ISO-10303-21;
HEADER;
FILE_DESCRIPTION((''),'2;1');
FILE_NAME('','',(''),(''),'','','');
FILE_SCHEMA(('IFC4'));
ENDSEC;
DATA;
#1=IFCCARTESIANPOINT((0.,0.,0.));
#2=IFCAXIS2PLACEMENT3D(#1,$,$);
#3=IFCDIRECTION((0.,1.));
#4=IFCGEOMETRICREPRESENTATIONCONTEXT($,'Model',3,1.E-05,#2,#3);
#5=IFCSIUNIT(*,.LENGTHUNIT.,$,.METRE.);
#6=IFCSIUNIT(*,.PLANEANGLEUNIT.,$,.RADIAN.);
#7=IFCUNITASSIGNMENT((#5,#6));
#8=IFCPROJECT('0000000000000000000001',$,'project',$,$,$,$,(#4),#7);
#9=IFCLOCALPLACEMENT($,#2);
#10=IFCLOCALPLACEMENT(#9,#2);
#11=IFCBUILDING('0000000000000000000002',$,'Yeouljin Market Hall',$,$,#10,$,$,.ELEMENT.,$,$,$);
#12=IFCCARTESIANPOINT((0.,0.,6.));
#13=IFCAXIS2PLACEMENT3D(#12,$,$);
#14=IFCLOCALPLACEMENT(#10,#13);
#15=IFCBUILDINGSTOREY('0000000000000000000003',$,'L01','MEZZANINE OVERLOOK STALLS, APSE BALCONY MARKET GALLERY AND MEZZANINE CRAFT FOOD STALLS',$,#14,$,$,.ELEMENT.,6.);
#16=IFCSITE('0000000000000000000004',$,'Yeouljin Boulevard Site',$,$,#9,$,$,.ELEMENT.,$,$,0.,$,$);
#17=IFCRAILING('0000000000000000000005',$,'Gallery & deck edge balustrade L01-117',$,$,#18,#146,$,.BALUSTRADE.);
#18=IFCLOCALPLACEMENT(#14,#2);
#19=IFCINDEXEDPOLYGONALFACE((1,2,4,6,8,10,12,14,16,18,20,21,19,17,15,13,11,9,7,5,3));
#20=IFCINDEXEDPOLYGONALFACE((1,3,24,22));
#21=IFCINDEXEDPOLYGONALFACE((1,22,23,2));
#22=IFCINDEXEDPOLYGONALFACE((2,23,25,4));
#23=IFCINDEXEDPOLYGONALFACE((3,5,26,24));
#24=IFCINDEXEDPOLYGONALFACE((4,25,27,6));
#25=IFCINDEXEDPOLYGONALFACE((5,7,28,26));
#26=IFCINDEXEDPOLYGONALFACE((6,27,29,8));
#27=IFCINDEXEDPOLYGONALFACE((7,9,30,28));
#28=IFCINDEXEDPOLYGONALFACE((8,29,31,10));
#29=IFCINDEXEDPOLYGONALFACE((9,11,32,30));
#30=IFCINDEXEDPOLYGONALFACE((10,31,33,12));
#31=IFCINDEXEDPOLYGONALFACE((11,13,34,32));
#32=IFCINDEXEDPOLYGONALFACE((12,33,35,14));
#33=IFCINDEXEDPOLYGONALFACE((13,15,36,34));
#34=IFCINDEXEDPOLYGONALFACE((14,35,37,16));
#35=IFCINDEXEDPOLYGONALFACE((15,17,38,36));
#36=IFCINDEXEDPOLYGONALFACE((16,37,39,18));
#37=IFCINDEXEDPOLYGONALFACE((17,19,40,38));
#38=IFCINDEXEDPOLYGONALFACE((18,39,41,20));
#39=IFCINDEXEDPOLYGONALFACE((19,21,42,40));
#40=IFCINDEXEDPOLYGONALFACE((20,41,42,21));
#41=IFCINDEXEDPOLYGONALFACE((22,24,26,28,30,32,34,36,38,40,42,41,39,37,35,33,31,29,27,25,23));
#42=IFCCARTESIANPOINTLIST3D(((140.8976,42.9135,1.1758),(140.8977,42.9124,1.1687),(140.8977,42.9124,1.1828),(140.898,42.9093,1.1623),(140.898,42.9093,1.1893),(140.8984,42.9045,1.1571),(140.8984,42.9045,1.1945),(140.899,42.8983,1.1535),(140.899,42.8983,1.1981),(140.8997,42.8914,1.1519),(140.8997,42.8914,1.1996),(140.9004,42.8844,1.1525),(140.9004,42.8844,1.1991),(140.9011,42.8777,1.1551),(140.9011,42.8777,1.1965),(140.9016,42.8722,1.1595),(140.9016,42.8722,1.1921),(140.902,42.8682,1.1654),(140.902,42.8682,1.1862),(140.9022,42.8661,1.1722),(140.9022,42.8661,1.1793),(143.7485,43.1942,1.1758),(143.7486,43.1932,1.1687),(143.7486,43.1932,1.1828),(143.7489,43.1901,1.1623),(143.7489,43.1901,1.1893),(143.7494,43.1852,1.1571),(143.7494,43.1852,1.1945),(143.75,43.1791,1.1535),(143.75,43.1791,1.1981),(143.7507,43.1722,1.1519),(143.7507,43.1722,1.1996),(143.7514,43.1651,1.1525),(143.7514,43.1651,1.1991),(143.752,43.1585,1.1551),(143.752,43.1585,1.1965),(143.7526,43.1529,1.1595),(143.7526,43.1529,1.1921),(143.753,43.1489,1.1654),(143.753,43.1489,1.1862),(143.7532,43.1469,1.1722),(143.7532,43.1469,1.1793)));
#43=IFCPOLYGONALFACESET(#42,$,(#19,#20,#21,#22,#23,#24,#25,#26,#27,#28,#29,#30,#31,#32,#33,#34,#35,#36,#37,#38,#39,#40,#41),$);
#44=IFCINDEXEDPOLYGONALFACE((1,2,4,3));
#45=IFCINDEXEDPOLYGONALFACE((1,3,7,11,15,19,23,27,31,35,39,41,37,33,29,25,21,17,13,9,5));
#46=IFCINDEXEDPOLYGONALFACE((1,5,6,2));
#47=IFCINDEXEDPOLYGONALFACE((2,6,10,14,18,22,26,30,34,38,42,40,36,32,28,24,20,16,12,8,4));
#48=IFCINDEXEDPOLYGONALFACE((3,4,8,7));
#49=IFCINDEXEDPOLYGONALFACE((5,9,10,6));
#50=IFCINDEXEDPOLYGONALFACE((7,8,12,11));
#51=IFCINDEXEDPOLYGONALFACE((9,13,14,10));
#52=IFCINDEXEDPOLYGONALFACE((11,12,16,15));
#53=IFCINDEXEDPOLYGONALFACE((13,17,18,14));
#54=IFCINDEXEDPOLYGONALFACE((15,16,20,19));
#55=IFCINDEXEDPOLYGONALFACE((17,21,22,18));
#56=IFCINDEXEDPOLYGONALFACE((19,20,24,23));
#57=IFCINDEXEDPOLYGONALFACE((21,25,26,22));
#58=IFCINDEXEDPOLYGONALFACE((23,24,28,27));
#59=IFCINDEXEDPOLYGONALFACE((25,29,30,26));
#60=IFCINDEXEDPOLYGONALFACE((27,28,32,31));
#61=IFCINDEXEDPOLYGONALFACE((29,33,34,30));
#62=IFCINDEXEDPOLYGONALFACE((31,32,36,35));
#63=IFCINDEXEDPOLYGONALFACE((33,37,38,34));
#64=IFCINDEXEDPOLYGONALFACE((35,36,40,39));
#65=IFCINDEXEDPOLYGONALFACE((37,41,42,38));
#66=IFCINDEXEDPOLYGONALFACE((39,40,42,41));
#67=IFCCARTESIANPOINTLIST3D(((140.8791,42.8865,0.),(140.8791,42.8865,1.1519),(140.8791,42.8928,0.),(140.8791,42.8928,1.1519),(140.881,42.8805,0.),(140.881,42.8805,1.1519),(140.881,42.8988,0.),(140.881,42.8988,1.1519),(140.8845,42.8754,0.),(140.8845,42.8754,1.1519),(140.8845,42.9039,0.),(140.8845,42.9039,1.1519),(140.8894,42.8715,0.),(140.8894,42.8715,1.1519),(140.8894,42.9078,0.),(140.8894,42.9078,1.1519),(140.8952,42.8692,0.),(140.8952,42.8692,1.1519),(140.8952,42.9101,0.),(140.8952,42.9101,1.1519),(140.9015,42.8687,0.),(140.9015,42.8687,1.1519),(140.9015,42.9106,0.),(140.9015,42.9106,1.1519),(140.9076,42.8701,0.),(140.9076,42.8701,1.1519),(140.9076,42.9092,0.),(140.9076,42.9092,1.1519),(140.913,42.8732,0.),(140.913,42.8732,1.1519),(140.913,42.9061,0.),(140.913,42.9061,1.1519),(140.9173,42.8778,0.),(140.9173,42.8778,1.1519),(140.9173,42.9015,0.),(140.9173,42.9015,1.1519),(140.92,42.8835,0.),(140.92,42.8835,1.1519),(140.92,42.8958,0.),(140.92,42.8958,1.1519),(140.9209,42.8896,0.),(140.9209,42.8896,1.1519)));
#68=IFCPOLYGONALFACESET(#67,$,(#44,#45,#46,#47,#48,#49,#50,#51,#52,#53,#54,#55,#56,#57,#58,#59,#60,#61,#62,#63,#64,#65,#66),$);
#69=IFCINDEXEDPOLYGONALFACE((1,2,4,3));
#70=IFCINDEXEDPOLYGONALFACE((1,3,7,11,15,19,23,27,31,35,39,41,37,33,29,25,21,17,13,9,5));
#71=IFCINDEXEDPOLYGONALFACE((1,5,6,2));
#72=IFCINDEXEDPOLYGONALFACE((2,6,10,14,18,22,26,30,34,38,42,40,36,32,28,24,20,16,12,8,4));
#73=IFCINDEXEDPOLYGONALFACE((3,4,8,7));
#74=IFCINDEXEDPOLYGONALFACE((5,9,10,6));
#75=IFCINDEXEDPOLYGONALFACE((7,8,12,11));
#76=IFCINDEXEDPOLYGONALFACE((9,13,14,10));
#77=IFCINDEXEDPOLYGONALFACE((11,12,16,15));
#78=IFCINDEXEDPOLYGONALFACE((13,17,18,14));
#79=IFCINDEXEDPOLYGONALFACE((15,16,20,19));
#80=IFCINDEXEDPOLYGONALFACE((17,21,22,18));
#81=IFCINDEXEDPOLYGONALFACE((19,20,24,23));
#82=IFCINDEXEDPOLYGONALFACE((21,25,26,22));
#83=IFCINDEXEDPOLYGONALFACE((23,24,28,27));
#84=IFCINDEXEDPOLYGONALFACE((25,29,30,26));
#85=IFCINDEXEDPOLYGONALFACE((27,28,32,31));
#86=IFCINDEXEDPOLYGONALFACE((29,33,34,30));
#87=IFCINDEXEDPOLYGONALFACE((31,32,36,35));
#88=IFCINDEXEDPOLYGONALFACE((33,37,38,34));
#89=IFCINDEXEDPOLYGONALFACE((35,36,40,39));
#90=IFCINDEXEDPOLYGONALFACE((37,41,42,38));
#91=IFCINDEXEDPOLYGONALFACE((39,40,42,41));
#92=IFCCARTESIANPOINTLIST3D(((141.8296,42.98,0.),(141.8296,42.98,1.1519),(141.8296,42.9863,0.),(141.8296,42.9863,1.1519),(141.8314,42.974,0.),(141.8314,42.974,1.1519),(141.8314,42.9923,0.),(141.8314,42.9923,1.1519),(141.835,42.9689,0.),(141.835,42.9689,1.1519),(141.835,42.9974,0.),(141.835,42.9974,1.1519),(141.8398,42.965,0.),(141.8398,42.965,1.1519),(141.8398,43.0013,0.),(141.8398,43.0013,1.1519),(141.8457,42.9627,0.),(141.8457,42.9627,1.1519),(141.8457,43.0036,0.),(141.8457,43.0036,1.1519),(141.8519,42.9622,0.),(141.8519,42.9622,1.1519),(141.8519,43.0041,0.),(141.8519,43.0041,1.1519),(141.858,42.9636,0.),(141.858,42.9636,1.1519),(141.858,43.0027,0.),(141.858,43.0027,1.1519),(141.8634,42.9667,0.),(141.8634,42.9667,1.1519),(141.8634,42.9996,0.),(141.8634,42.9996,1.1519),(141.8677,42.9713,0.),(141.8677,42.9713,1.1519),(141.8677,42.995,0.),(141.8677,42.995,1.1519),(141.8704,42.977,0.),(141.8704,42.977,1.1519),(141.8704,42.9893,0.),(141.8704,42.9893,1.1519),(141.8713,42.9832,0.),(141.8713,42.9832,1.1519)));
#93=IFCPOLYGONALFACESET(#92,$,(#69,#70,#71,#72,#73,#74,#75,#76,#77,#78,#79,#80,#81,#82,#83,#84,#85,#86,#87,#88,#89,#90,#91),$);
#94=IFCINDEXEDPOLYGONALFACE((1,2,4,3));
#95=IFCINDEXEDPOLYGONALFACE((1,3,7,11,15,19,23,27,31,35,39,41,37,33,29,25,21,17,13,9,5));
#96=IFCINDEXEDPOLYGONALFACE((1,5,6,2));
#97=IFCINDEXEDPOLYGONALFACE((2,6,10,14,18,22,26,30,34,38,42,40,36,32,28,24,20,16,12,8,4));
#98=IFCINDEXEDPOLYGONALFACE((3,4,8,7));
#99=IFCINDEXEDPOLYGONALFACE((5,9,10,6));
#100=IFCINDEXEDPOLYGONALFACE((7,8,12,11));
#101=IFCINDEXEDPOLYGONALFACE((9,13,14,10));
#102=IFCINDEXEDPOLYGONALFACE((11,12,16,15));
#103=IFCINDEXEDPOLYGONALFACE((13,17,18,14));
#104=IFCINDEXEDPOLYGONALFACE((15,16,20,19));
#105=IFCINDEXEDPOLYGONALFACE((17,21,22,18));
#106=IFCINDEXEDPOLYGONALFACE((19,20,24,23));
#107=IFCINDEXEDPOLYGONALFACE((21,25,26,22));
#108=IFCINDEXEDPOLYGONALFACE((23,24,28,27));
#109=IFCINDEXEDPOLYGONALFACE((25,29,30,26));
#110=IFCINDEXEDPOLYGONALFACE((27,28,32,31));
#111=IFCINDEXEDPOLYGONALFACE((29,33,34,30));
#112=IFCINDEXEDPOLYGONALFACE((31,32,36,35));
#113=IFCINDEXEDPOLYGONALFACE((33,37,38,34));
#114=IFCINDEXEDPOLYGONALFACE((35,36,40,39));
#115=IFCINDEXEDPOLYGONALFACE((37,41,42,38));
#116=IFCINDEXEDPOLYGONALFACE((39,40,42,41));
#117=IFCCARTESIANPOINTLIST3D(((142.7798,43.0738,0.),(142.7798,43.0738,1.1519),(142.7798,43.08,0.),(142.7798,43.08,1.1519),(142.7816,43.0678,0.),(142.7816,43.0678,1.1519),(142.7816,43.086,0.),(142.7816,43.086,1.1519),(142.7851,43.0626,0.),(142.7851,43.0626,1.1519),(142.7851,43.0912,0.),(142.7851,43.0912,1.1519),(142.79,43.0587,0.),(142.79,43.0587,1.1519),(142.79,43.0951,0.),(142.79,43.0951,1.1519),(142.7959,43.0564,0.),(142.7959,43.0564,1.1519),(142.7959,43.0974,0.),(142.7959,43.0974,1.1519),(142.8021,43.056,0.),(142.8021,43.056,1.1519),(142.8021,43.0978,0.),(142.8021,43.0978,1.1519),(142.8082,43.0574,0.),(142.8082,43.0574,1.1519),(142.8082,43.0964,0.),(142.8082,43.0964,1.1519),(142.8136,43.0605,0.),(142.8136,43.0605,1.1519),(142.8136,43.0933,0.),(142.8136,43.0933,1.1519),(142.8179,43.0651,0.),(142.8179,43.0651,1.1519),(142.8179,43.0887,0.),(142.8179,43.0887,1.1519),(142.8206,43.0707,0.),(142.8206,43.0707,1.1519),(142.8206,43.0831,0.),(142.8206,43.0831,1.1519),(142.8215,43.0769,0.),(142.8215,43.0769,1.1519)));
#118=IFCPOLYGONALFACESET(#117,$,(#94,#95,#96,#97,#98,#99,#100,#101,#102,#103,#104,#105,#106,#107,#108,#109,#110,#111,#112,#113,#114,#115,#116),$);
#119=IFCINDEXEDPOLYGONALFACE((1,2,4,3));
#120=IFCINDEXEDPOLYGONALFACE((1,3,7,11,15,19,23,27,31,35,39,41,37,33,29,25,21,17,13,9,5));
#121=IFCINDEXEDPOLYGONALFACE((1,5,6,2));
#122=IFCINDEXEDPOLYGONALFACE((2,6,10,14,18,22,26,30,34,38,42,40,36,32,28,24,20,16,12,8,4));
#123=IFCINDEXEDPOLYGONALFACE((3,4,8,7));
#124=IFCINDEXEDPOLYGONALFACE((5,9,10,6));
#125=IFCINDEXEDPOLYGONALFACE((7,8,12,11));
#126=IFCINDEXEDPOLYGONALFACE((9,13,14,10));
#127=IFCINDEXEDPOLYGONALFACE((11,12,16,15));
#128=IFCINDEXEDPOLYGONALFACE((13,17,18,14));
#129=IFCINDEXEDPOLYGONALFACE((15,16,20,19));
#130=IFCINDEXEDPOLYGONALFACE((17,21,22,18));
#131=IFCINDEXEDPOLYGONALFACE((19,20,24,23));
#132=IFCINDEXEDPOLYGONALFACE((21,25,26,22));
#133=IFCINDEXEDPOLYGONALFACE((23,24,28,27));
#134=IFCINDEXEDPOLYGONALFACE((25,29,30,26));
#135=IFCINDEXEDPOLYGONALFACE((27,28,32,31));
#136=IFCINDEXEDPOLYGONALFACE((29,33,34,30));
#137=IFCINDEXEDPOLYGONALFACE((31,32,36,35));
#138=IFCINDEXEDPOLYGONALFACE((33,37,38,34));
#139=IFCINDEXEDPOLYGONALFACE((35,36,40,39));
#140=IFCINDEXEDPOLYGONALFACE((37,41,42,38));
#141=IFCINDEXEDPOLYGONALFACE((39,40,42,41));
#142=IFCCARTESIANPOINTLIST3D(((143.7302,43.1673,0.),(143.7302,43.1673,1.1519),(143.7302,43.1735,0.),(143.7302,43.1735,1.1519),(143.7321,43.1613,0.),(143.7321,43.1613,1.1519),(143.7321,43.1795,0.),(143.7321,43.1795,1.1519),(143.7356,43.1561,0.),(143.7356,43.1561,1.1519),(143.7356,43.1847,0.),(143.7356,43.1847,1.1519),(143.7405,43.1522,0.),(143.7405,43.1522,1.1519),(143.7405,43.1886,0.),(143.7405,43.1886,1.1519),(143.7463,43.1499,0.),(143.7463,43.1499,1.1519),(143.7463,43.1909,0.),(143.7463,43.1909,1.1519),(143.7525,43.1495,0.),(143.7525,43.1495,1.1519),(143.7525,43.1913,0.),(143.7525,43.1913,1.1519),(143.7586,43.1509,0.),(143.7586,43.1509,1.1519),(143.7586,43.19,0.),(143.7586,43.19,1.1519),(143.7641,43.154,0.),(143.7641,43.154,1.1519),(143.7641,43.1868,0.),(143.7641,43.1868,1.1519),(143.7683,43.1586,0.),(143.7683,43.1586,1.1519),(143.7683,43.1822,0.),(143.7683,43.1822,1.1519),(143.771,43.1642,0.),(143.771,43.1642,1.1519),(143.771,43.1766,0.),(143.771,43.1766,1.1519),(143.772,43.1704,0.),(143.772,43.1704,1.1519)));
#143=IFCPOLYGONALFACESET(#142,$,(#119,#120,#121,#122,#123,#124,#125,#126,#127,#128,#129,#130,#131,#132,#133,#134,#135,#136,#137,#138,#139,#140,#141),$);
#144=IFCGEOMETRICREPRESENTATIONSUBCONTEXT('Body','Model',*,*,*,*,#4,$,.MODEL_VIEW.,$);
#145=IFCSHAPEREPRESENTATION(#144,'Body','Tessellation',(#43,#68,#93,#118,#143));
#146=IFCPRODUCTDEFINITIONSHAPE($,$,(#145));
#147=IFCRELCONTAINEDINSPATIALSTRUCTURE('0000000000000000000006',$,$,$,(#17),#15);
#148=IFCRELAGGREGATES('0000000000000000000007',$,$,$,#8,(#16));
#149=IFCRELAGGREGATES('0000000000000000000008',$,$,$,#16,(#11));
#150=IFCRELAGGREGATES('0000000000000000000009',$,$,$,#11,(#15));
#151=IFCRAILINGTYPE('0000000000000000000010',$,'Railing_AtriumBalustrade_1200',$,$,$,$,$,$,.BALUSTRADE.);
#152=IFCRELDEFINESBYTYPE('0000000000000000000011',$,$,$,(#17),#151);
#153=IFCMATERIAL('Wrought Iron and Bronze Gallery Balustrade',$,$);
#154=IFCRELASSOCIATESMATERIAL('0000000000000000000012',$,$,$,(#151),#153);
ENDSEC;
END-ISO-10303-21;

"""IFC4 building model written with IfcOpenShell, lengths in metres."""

from ifc_helpers import new_model, si_unit, direction, frame, origin, origin_2d, place, context, subcontext, project, spatial, circle, extrude, material, type_object, element, save


model = new_model("IFC4")

# Units and contexts
model_context = context("Model", 3, precision=1e-05, world=origin(), true_north=direction((0.0, 1.0)))
body_context = subcontext(model_context, "Body", "Model", "MODEL_VIEW")
ifc_project = project(units=[si_unit("LENGTHUNIT", "METRE"), si_unit("PLANEANGLEUNIT", "RADIAN")], contexts=[model_context])

# Site, building, storey
site_placement = place(None, origin())
site = spatial("IfcSite", under=ifc_project, at=site_placement, Name="Yeouljin Boulevard Site", CompositionType="ELEMENT", RefElevation=0.0)
building_placement = place(site_placement, origin())
building = spatial("IfcBuilding", under=site, at=building_placement, Name="Yeouljin Market Hall", CompositionType="ELEMENT")
storey_placement = place(building_placement, frame((0.0, 0.0, 6.0)))
storey = spatial("IfcBuildingStorey", under=building, at=storey_placement, Name="L01", Description="MEZZANINE OVERLOOK STALLS, APSE BALCONY MARKET GALLERY AND MEZZANINE CRAFT FOOD STALLS", CompositionType="ELEMENT", Elevation=6.0)

# Railing
ifc_material_1 = material(Name="Wrought Iron and Bronze Gallery Balustrade")
railing_type = type_object("IfcRailingType", Name="Railing_AtriumBalustrade_1200", PredefinedType="BALUSTRADE", material=ifc_material_1)
railing_1_placement = place(storey_placement, frame((140.8999, 42.8896, 0.0)))
element("IfcRailing", 1, at=railing_1_placement, inside=storey, type_object=railing_type, Name="Gallery & deck edge balustrade L01-117", PredefinedType="BALUSTRADE", context=body_context, shape_type="SweptSolid", body=[
    extrude(circle(Radius=0.0239, at=origin_2d()), frame((0.0, 0.0, 1.1758), z_axis=(0.995186, 0.098002, 0.0), x_axis=(-0.098002, 0.995186, 0.0)), (0.0, 0.0, 1.0), 2.8647),
    extrude(circle(Radius=0.021, at=origin_2d()), origin(), (0.0, 0.0, 1.0), 1.1519),
    extrude(circle(Radius=0.021, at=origin_2d()), frame((0.9504, 0.0935, 0.0)), (0.0, 0.0, 1.0), 1.1519),
    extrude(circle(Radius=0.021, at=origin_2d()), frame((1.9006, 0.1873, 0.0)), (0.0, 0.0, 1.0), 1.1519),
    extrude(circle(Radius=0.021, at=origin_2d()), frame((2.8511, 0.2808, 0.0)), (0.0, 0.0, 1.0), 1.1519),
])

save(model, "model.ifc")
